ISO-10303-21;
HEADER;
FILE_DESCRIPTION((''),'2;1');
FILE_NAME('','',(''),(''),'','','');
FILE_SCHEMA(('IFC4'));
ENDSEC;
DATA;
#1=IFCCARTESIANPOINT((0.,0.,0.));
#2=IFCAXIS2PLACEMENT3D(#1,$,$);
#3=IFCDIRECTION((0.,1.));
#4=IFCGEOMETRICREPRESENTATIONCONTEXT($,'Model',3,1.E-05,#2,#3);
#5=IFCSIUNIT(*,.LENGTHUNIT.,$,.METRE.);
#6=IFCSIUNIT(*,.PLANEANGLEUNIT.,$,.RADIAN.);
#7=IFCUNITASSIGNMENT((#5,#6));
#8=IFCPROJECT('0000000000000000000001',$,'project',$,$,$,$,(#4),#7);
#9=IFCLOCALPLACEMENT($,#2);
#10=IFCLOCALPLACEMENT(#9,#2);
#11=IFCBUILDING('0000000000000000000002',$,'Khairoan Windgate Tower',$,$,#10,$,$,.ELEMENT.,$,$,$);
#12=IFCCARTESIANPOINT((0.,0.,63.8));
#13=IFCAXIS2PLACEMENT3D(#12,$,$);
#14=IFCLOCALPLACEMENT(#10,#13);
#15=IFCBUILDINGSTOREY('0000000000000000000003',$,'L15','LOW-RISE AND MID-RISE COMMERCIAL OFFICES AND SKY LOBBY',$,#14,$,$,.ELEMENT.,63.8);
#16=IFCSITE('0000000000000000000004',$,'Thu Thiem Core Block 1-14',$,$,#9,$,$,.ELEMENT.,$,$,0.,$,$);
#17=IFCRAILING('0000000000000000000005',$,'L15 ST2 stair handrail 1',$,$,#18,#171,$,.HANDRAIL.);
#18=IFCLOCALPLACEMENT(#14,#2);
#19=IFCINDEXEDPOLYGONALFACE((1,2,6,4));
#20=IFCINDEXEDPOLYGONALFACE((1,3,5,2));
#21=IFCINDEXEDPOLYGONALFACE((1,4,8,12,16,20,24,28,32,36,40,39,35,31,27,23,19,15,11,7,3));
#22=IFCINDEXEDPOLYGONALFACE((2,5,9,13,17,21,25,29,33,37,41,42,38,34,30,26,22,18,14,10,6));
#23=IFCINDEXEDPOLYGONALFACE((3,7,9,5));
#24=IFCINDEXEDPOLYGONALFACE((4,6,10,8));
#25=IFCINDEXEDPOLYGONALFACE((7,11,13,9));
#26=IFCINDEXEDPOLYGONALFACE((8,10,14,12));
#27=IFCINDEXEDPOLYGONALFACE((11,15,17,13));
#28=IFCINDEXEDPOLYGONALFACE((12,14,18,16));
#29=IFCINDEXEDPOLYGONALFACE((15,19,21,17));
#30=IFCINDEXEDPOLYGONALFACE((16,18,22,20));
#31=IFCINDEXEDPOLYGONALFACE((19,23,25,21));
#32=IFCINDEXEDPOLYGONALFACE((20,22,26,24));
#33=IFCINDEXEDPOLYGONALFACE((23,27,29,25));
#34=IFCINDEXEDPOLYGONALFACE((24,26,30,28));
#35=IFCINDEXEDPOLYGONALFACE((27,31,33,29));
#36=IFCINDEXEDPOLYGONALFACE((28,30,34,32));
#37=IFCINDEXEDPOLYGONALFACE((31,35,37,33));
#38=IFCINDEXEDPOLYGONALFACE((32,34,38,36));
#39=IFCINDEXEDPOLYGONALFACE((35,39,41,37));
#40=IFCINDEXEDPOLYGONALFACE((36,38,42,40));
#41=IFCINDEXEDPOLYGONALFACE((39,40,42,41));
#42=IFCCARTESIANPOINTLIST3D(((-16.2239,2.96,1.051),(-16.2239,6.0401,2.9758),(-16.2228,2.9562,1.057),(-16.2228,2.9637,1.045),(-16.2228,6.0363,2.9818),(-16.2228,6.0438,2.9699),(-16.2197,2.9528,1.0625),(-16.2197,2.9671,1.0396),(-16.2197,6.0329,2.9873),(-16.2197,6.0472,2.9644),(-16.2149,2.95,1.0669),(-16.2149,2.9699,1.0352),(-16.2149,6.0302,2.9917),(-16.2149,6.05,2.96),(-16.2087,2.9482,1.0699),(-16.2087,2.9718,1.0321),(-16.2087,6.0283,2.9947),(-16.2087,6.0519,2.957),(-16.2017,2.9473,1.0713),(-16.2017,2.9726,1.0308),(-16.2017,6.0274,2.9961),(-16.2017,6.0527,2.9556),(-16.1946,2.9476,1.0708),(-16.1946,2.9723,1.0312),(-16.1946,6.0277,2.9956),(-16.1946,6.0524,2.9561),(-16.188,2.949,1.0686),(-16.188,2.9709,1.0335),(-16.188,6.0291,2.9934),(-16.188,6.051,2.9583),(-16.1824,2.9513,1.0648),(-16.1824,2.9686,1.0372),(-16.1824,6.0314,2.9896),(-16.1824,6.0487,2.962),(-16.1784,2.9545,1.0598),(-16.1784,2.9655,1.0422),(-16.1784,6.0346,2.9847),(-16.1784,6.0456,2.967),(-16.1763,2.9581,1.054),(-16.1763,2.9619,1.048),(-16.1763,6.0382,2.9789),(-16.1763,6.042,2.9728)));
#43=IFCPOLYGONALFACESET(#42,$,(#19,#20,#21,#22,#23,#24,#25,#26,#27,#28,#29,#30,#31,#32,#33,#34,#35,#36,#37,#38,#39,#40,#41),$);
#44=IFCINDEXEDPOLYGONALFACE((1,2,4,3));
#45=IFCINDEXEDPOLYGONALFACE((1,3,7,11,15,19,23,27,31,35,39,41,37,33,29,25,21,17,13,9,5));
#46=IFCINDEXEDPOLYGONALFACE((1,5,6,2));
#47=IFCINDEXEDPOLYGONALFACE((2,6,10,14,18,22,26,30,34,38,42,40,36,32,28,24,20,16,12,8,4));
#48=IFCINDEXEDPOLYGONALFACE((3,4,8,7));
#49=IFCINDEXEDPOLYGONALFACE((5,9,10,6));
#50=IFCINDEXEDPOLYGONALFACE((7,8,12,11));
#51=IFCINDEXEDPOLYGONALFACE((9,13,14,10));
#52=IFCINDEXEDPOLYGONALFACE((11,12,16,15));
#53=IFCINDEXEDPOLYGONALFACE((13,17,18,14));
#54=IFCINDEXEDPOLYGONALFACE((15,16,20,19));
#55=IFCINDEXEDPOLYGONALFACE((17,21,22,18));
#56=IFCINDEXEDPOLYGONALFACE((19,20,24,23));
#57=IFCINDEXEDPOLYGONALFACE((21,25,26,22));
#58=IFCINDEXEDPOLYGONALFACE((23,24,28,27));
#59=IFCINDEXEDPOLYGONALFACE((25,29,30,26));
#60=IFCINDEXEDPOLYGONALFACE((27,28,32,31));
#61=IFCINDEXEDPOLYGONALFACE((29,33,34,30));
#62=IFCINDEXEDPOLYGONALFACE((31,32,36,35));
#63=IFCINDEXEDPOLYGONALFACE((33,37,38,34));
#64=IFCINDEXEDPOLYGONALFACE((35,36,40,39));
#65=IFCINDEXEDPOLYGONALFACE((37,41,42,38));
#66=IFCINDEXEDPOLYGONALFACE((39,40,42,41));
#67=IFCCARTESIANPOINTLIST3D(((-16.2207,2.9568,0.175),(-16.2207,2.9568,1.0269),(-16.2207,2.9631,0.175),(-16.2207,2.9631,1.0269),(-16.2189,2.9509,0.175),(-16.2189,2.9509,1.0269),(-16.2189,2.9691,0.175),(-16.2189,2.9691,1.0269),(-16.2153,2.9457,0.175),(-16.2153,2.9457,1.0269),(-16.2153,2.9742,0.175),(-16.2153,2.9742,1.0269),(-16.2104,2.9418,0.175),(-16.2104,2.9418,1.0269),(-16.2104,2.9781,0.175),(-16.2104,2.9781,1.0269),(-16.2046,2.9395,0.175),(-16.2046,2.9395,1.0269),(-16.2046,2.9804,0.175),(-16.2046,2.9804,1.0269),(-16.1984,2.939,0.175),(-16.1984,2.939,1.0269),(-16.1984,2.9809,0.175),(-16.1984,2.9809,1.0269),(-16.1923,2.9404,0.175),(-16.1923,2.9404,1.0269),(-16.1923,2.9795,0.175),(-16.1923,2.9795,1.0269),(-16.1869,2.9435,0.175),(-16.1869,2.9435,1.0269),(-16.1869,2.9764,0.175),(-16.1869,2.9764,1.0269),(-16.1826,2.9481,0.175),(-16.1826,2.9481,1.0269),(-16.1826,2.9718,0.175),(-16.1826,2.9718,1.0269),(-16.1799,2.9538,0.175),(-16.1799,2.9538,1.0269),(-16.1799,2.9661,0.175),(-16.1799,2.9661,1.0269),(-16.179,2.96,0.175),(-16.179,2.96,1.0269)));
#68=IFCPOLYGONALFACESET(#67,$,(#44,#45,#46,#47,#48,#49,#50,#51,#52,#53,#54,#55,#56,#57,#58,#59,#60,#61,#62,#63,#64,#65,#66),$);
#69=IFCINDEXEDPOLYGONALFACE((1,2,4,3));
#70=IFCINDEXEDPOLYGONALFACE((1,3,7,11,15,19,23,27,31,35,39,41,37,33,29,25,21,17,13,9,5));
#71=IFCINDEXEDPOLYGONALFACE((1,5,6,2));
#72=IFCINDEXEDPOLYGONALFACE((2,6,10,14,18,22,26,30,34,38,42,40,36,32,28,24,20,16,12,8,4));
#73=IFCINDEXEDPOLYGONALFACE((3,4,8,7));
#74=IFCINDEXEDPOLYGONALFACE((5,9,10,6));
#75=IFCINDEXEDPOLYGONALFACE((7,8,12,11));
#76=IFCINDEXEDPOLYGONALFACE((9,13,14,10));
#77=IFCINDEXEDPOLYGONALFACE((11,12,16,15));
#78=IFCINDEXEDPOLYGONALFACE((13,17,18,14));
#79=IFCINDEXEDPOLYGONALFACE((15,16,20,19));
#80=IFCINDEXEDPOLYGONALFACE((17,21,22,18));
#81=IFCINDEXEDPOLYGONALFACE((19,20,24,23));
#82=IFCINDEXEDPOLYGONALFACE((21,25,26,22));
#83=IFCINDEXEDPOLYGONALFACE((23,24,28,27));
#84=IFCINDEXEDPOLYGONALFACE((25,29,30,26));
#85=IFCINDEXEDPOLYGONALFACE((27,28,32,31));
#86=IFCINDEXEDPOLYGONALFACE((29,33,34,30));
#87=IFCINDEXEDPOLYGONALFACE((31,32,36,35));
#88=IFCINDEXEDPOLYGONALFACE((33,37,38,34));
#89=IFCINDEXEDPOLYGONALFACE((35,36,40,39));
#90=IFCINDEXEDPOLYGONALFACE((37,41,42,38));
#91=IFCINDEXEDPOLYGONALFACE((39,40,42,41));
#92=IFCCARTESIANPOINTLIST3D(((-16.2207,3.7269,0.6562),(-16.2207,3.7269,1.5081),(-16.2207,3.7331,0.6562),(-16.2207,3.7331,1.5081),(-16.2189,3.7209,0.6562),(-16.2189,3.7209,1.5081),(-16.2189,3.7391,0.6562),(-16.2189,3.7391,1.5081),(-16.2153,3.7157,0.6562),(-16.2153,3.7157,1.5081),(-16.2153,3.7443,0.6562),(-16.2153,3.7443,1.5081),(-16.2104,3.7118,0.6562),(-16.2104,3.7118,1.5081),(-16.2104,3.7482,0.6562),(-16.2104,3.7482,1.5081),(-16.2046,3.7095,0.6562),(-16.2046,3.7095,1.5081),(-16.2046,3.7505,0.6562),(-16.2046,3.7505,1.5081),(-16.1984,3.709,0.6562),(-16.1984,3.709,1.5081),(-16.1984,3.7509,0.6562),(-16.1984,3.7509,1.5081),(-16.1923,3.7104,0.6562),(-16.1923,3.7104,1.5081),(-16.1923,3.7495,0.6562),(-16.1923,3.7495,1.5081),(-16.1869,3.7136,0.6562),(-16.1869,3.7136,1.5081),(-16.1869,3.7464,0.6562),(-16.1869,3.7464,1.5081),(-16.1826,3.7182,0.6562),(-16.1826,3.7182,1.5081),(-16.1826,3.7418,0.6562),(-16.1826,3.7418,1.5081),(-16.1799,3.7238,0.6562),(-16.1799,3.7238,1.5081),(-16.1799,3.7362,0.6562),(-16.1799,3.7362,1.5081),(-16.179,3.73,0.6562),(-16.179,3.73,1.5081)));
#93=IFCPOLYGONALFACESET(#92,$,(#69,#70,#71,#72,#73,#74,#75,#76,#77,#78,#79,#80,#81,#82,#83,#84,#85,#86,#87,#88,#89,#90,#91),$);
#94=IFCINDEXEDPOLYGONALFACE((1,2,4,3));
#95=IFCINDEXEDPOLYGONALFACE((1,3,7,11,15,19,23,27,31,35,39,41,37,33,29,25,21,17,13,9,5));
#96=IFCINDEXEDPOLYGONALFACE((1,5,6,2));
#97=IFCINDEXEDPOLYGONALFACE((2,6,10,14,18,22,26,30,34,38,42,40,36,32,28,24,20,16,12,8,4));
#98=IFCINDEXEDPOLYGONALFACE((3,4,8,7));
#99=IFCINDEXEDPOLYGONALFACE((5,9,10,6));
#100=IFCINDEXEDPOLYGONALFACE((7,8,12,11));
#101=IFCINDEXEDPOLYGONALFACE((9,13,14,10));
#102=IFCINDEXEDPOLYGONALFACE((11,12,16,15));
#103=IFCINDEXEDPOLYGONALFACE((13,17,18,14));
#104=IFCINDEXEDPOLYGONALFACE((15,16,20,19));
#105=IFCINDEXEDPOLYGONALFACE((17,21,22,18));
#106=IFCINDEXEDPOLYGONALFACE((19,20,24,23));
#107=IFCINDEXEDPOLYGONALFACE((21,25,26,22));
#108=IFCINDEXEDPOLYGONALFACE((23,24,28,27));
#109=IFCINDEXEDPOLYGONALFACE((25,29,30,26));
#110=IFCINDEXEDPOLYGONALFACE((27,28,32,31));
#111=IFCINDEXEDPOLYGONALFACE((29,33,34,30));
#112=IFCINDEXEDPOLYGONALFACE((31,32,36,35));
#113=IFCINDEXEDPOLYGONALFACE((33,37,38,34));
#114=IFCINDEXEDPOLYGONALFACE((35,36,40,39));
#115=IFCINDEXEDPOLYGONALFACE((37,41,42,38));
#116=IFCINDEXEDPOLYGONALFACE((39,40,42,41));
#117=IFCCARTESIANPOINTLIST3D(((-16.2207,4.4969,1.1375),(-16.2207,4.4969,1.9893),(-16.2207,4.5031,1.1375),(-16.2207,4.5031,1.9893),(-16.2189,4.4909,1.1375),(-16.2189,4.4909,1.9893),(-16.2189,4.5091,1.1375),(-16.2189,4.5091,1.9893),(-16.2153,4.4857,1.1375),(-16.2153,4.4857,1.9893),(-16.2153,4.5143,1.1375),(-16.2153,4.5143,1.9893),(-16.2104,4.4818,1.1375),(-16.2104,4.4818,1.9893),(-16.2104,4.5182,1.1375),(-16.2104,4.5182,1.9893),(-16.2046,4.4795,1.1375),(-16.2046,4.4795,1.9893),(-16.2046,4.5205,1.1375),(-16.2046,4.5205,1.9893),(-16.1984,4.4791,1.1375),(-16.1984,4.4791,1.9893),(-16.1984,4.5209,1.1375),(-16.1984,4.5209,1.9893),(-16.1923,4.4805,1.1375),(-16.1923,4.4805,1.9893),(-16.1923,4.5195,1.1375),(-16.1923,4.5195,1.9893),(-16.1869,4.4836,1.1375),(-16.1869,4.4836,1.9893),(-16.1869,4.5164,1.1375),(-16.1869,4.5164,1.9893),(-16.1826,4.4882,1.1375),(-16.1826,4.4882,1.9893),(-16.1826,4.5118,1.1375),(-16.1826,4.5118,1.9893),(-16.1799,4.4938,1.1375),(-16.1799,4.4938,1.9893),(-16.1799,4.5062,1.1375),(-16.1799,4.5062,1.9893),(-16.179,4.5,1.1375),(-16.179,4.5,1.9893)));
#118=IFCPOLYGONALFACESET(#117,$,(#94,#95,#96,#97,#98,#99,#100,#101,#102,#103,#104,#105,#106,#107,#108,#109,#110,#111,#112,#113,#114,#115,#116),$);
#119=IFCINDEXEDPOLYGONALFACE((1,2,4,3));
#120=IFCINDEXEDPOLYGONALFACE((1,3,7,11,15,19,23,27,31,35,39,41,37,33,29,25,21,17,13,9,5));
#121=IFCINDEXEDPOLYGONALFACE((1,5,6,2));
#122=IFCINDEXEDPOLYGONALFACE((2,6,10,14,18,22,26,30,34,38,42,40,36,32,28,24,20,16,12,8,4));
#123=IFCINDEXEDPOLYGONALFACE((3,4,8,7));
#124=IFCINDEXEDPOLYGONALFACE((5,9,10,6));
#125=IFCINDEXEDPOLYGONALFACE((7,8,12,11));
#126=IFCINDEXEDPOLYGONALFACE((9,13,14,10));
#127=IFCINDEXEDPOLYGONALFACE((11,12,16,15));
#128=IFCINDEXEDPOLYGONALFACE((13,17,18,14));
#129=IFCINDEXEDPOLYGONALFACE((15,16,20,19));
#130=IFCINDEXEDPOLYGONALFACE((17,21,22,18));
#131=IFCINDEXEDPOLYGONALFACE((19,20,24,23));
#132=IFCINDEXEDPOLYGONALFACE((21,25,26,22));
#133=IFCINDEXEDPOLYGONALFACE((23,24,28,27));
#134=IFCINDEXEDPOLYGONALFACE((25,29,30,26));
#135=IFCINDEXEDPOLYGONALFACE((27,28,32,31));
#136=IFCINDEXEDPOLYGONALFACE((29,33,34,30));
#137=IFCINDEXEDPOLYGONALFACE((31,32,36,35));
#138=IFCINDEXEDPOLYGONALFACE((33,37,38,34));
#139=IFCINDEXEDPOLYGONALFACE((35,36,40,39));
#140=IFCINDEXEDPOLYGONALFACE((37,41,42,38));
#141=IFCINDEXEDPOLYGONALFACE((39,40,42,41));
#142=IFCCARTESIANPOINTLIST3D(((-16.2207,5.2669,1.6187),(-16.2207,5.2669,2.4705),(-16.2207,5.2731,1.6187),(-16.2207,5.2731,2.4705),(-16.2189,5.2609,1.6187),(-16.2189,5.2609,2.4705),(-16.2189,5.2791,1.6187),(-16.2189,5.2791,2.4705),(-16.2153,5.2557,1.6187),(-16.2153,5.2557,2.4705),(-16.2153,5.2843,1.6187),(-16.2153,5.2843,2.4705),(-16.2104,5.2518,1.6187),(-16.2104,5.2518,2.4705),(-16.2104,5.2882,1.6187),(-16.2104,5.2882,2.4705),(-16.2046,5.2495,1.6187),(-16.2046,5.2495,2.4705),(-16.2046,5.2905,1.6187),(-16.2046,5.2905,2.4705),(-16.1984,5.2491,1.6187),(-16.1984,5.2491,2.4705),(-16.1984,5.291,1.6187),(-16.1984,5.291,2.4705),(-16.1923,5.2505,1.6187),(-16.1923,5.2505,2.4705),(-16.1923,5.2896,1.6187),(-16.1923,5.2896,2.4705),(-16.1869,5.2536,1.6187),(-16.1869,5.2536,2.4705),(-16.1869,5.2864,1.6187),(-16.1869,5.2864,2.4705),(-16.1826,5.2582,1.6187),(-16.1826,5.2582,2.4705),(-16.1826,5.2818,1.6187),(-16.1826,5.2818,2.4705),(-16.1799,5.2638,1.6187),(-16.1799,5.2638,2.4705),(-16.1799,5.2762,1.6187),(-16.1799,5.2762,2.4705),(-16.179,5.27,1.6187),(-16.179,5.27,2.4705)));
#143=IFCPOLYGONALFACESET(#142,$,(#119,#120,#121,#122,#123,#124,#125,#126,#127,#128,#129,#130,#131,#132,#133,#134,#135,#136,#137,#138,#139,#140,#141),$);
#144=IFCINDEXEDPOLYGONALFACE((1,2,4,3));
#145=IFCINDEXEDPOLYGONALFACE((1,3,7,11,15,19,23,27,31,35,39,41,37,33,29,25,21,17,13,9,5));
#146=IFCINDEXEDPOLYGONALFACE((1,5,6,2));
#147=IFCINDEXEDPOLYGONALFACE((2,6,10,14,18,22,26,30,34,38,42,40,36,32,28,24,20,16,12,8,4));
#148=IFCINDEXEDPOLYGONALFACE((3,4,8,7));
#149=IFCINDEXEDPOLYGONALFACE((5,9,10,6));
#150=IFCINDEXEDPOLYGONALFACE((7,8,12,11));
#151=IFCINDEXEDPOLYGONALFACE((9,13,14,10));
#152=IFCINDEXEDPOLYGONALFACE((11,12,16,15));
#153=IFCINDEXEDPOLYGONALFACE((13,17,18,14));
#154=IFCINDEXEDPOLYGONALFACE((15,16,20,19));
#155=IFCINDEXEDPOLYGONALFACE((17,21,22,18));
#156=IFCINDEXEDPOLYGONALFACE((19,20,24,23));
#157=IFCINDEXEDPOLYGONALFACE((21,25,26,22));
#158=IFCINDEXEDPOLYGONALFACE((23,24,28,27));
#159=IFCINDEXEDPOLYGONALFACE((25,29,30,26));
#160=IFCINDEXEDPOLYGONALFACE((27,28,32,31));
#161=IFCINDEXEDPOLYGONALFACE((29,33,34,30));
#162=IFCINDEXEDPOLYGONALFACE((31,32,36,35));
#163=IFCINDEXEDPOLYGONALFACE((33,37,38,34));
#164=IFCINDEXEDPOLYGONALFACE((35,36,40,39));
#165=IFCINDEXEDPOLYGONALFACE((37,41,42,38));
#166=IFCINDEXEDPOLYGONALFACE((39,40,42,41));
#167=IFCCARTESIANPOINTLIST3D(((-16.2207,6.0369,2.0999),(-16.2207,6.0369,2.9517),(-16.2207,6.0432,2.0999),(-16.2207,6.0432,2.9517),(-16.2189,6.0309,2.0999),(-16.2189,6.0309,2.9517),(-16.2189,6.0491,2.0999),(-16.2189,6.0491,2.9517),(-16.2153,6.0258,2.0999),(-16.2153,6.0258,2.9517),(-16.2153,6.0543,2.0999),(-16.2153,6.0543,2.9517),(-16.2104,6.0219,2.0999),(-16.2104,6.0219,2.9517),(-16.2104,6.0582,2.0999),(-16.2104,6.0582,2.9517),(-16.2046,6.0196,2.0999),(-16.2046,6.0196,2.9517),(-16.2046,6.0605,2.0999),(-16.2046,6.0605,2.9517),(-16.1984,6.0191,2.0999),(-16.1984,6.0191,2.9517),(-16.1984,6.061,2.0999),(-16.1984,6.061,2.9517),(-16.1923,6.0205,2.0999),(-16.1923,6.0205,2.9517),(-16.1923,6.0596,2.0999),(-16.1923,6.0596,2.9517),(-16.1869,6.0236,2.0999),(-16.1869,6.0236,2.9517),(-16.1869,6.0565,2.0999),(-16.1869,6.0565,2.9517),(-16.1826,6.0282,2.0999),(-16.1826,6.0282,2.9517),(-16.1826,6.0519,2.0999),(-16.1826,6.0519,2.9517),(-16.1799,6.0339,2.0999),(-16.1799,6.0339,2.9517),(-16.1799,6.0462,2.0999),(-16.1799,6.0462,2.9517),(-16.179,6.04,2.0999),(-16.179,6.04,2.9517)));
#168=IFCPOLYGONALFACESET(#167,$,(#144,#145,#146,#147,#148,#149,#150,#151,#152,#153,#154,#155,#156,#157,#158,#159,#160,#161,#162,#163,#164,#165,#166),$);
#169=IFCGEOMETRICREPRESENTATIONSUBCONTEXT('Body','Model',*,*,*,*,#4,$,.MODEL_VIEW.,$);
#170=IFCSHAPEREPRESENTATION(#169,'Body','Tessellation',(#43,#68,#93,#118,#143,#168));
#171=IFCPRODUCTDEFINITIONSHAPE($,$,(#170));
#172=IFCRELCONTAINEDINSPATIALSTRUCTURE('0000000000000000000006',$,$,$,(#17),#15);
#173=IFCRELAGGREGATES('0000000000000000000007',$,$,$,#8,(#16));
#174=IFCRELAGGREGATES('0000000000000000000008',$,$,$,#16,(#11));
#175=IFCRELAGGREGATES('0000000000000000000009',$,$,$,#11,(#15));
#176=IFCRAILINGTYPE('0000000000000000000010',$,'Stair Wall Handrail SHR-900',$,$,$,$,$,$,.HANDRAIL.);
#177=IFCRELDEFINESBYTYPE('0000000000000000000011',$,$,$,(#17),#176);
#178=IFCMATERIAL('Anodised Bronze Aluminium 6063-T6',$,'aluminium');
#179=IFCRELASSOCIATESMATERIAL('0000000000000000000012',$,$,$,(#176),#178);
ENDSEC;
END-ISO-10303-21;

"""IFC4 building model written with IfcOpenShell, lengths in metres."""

from ifc_helpers import new_model, si_unit, direction, frame, origin, origin_2d, place, context, subcontext, project, spatial, circle, extrude, material, type_object, element, save


model = new_model("IFC4")

# Units and contexts
model_context = context("Model", 3, precision=1e-05, world=origin(), true_north=direction((0.0, 1.0)))
body_context = subcontext(model_context, "Body", "Model", "MODEL_VIEW")
ifc_project = project(units=[si_unit("LENGTHUNIT", "METRE"), si_unit("PLANEANGLEUNIT", "RADIAN")], contexts=[model_context])

# Site, building, storey
site_placement = place(None, origin())
site = spatial("IfcSite", under=ifc_project, at=site_placement, Name="Thu Thiem Core Block 1-14", CompositionType="ELEMENT", RefElevation=0.0)
building_placement = place(site_placement, origin())
building = spatial("IfcBuilding", under=site, at=building_placement, Name="Khairoan Windgate Tower", CompositionType="ELEMENT")
storey_placement = place(building_placement, frame((0.0, 0.0, 63.8)))
storey = spatial("IfcBuildingStorey", under=building, at=storey_placement, Name="L15", Description="LOW-RISE AND MID-RISE COMMERCIAL OFFICES AND SKY LOBBY", CompositionType="ELEMENT", Elevation=63.8)

# Railing
ifc_material_1 = material(Name="Anodised Bronze Aluminium 6063-T6", Category="aluminium")
railing_type_1 = type_object("IfcRailingType", Name="Stair Wall Handrail SHR-900", PredefinedType="HANDRAIL", material=ifc_material_1)
railing_1_placement = place(storey_placement, frame((-16.2, 2.96, 0.175)))
element("IfcRailing", 1, at=railing_1_placement, inside=storey, type_object=railing_type_1, Name="L15 ST2 stair handrail 1", PredefinedType="HANDRAIL", context=body_context, shape_type="SweptSolid", body=[
    extrude(circle(Radius=0.0239, at=origin_2d()), frame((0.0, 0.0, 0.876), z_axis=(0.0, 0.848029, 0.529951), x_axis=(-1.0, 0.0, 0.0)), (0.0, 0.0, 1.0), 3.6321),
    extrude(circle(Radius=0.021, at=origin_2d()), origin(), (0.0, 0.0, 1.0), 0.8518),
    extrude(circle(Radius=0.021, at=origin_2d()), frame((0.0, 0.77, 0.4812)), (0.0, 0.0, 1.0), 0.8518),
    extrude(circle(Radius=0.021, at=origin_2d()), frame((0.0, 1.54, 0.9624)), (0.0, 0.0, 1.0), 0.8518),
    extrude(circle(Radius=0.021, at=origin_2d()), frame((0.0, 2.3101, 1.4436)), (0.0, 0.0, 1.0), 0.8518),
    extrude(circle(Radius=0.021, at=origin_2d()), frame((0.0, 3.0801, 1.9248)), (0.0, 0.0, 1.0), 0.8518),
])

save(model, "model.ifc")
